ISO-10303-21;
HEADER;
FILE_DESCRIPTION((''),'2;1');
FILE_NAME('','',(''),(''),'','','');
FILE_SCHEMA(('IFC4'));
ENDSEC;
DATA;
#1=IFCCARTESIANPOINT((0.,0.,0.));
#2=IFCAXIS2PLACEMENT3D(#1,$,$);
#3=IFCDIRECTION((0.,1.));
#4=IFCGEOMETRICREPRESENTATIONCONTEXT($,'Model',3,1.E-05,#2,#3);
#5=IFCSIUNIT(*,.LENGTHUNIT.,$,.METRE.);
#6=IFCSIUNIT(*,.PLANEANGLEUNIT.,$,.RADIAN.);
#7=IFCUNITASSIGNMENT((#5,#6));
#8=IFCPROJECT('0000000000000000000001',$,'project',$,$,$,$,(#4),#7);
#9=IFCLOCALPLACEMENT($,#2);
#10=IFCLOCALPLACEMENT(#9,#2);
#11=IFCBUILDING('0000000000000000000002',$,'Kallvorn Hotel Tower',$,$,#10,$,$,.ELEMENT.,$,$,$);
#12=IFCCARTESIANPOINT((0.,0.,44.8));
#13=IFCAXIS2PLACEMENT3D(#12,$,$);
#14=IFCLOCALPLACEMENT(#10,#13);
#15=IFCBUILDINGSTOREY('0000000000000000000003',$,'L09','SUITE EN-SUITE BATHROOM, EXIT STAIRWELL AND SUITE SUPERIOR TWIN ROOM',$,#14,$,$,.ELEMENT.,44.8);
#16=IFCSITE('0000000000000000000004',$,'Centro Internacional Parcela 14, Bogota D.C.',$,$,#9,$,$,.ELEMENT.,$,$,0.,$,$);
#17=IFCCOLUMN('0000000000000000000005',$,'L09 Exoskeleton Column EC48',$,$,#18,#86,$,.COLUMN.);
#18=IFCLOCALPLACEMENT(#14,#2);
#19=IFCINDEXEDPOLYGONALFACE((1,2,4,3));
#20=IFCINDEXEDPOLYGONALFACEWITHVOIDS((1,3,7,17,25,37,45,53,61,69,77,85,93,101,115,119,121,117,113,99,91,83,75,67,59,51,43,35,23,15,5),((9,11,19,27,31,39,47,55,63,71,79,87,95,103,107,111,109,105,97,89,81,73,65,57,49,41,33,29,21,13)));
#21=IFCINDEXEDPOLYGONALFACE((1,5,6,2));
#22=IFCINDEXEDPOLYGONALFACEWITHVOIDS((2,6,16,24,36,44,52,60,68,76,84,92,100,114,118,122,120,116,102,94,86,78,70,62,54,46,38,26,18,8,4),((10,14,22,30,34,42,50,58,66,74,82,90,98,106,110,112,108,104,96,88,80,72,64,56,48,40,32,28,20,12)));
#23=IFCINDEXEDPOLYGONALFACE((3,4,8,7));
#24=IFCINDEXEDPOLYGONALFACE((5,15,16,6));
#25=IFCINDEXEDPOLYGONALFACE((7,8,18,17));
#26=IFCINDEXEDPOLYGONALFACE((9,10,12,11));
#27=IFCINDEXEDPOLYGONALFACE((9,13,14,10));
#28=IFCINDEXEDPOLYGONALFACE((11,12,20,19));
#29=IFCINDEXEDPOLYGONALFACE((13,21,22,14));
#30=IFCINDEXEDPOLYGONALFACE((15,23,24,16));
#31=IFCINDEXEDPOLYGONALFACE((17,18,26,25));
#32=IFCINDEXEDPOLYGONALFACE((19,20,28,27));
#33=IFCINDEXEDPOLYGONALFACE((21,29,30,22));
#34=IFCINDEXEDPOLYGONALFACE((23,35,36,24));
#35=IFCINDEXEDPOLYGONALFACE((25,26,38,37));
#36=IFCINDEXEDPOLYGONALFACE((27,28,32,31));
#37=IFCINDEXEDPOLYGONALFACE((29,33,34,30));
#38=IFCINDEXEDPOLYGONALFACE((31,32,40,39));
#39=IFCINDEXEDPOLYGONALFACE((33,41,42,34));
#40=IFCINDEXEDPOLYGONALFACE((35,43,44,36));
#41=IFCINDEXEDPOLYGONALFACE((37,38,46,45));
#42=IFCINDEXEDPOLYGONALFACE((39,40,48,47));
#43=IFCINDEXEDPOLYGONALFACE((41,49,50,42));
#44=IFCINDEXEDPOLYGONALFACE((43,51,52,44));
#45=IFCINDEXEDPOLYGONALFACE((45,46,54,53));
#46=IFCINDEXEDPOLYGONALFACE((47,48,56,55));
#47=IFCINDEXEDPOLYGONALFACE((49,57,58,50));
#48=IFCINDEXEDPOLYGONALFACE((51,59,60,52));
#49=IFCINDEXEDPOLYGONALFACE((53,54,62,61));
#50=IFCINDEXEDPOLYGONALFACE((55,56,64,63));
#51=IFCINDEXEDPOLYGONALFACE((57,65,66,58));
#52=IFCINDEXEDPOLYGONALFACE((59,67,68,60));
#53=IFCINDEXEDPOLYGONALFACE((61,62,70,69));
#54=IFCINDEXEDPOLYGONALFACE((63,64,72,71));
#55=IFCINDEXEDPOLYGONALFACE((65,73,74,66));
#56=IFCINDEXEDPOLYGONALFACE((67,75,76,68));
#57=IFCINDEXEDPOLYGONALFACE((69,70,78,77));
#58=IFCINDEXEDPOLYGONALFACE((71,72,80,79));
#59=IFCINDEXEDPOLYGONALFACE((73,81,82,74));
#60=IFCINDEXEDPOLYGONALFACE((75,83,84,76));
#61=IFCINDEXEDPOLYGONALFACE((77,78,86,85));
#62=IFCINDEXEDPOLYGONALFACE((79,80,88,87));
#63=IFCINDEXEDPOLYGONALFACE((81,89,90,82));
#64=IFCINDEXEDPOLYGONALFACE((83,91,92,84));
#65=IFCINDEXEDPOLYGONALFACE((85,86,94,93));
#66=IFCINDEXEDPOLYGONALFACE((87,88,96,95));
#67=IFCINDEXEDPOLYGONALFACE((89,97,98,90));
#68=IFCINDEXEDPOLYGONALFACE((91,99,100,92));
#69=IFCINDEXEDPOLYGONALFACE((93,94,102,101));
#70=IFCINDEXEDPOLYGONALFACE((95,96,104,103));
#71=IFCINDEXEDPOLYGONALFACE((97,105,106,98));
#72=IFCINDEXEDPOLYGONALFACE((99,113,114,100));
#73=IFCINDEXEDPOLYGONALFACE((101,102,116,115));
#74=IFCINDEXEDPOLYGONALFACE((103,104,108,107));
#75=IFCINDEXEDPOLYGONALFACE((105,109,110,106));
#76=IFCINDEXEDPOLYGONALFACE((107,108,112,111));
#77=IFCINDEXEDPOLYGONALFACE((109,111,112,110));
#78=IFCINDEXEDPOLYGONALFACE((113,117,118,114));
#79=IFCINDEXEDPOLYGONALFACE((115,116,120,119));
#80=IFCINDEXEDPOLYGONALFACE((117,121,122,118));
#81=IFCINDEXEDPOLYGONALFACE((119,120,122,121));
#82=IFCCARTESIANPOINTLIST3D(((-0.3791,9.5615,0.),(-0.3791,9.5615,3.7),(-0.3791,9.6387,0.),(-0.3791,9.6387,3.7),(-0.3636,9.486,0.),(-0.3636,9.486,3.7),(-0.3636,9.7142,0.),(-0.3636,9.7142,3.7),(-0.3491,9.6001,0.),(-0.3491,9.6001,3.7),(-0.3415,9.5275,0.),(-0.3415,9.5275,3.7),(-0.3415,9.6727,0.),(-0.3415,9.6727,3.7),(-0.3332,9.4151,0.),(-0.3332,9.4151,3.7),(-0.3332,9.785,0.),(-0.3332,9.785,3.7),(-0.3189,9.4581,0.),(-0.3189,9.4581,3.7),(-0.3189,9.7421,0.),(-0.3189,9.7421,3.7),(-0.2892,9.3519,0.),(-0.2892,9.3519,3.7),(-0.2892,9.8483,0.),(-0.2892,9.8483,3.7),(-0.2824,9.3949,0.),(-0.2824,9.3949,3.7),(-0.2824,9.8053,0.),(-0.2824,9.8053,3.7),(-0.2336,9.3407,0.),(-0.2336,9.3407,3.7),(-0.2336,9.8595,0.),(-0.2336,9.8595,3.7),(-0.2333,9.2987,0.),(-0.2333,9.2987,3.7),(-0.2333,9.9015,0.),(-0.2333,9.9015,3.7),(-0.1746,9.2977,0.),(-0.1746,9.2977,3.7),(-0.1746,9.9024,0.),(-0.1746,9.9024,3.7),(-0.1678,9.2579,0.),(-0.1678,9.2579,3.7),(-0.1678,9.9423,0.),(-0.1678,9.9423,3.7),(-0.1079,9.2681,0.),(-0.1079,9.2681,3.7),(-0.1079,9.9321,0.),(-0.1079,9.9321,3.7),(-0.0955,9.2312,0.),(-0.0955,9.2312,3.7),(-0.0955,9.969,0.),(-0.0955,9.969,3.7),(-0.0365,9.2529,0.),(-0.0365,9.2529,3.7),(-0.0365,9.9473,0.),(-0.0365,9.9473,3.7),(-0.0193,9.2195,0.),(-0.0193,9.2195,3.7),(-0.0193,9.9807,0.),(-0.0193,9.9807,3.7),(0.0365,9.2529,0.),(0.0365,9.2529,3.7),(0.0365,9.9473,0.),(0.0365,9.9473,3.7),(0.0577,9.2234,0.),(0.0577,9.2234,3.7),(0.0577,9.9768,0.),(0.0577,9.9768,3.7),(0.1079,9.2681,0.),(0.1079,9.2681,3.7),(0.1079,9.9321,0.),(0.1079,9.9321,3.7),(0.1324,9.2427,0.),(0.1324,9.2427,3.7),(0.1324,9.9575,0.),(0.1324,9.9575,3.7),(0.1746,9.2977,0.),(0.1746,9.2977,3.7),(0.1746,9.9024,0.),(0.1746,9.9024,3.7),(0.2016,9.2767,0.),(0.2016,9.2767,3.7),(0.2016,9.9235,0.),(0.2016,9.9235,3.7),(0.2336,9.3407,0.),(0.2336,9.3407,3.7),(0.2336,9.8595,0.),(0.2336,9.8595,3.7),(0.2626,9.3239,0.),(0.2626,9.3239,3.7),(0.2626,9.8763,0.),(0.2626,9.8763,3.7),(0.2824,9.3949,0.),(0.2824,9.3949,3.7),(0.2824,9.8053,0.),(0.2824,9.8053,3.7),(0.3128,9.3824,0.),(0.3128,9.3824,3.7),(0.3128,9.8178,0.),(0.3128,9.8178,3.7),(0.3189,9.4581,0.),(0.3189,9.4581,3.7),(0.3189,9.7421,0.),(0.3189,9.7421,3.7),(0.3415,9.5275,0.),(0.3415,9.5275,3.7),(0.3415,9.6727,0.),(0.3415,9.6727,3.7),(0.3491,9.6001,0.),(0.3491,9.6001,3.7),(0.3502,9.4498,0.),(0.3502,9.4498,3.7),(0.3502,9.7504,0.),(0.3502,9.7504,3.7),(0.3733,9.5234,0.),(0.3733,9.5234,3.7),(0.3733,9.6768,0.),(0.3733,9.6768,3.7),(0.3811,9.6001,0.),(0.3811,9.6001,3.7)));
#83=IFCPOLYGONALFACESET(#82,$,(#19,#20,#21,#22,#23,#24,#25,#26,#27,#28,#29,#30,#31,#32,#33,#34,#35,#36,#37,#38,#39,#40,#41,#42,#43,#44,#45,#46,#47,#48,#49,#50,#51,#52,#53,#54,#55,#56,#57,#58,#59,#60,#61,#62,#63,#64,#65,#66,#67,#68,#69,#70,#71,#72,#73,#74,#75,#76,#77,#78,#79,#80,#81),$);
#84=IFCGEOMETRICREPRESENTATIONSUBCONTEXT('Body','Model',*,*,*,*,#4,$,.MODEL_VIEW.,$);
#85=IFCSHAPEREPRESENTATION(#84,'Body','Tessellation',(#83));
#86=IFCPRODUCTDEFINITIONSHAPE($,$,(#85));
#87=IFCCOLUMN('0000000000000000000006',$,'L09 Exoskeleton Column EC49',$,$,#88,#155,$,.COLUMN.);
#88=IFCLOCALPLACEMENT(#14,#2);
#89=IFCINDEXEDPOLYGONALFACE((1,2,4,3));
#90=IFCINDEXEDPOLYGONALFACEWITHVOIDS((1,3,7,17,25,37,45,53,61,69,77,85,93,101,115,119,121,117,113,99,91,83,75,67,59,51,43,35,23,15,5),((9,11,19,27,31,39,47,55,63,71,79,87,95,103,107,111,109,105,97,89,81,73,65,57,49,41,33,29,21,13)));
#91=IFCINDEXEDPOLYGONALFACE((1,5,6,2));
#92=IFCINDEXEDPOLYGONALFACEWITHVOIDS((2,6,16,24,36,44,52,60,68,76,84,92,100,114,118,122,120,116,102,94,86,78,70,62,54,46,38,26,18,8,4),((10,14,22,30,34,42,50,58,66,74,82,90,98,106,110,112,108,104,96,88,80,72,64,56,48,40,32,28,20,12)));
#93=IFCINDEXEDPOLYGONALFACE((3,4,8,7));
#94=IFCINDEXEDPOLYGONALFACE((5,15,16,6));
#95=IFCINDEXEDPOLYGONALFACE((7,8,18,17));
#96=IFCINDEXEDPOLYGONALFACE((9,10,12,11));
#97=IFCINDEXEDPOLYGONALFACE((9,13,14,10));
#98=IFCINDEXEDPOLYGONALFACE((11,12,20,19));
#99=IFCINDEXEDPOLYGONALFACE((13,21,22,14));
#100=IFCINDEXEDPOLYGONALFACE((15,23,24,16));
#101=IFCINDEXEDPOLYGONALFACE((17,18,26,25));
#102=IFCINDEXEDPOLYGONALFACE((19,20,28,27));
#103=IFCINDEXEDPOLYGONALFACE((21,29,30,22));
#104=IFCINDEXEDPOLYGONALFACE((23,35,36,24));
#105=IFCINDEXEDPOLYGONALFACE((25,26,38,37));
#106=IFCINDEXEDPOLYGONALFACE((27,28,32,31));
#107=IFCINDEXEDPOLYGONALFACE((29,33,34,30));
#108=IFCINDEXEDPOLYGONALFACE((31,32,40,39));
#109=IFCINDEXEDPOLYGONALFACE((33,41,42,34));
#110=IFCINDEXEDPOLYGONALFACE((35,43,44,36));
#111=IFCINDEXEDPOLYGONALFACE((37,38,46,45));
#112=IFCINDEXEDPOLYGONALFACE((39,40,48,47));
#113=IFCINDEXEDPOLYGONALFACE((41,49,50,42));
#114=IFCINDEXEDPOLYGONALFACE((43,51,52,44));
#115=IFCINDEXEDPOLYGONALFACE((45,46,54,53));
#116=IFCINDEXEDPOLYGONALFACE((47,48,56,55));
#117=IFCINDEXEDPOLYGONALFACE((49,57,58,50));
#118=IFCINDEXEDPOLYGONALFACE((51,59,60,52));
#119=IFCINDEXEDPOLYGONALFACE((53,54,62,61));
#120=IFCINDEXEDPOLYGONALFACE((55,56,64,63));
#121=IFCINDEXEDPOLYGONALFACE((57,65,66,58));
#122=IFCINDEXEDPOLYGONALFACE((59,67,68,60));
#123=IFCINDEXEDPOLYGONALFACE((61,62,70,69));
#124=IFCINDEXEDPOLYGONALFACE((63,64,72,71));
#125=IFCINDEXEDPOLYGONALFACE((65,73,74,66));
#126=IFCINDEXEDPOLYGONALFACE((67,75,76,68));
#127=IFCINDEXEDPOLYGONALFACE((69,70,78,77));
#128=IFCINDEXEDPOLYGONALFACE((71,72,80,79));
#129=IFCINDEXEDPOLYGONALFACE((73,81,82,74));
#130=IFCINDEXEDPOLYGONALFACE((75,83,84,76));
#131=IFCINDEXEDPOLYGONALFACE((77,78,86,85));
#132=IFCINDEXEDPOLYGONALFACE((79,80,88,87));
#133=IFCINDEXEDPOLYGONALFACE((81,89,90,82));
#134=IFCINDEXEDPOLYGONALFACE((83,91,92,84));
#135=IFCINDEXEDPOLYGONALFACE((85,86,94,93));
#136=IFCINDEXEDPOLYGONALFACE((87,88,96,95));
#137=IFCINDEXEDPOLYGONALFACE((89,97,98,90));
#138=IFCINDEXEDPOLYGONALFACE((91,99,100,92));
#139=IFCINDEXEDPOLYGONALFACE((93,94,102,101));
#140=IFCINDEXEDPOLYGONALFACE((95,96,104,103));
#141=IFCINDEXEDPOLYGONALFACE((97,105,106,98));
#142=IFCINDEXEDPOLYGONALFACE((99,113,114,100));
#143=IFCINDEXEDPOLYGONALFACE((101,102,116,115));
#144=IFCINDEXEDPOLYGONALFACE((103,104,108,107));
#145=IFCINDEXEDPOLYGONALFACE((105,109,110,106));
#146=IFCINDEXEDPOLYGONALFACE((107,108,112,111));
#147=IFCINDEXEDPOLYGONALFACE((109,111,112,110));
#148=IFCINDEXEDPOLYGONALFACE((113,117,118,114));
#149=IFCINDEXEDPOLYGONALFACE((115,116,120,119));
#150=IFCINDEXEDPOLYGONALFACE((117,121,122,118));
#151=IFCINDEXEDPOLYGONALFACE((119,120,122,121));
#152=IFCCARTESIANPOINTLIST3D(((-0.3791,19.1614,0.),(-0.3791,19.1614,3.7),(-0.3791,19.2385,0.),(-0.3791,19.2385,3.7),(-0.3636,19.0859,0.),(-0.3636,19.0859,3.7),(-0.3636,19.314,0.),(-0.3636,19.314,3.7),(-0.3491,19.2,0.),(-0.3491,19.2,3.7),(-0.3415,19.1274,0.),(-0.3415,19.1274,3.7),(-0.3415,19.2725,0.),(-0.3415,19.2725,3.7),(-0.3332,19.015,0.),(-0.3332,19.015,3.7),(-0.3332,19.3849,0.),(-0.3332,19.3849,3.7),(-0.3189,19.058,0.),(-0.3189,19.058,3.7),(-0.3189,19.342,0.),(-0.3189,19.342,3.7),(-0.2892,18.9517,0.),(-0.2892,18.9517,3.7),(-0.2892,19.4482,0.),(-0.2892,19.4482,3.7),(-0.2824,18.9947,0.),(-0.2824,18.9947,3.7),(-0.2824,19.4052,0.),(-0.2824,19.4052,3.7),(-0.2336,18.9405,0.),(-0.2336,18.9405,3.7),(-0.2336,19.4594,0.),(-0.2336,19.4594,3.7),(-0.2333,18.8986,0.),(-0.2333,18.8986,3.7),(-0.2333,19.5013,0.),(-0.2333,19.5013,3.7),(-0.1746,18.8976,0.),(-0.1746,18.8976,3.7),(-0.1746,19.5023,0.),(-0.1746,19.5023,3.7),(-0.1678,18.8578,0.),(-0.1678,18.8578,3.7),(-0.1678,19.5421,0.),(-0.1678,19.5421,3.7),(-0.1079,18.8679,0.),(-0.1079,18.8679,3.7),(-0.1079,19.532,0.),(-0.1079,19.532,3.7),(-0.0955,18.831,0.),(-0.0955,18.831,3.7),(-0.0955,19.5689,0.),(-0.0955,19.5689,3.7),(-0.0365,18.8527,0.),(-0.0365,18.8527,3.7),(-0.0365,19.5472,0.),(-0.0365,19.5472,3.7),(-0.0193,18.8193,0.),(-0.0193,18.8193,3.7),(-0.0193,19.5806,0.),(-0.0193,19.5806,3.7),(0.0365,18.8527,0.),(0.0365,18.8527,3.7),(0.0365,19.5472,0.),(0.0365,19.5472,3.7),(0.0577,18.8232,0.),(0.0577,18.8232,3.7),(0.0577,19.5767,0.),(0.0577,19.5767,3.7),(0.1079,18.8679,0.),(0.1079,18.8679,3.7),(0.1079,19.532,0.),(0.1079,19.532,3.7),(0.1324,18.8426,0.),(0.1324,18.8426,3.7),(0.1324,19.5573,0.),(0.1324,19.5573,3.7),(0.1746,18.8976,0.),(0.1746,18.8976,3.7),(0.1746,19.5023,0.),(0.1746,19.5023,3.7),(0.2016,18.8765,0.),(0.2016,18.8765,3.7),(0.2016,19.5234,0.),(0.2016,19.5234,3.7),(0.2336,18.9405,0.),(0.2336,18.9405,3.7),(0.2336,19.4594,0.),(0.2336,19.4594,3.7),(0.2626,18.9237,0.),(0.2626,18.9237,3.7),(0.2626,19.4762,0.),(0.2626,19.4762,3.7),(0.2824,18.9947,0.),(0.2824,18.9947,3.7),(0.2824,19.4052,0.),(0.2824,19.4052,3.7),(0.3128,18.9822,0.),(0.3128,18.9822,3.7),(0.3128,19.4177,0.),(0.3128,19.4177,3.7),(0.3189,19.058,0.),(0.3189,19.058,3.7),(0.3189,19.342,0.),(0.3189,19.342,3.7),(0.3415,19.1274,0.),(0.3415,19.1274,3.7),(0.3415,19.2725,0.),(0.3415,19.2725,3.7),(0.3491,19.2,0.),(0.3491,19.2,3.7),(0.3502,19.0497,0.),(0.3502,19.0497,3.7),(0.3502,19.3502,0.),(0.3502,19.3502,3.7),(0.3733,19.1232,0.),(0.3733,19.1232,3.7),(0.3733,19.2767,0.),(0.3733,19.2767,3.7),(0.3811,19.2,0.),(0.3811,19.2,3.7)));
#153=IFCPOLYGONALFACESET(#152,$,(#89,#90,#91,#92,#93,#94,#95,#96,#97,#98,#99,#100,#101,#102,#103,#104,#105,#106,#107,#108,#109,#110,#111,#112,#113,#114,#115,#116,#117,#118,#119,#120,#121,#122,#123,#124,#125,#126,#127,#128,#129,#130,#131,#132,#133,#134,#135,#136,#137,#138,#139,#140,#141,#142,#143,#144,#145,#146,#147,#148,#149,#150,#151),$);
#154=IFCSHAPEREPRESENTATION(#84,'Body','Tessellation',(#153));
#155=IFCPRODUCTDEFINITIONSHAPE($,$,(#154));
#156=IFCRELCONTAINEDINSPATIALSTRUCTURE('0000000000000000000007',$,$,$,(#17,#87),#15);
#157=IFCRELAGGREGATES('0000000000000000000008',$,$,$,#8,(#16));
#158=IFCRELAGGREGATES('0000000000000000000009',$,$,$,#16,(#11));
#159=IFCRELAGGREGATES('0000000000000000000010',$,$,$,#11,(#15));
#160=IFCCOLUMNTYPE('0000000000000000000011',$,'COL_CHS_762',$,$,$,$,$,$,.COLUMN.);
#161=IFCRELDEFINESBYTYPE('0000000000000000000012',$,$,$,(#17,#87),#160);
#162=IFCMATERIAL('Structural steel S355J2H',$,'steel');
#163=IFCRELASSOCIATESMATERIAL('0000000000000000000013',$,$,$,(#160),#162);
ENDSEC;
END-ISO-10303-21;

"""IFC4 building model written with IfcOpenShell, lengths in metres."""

from ifc_helpers import new_model, si_unit, direction, frame, origin, origin_2d, place, context, subcontext, project, spatial, hollow_circle, extrude, material, material_profile, profile_set, type_object, element, save


model = new_model("IFC4")

# Units and contexts
model_context = context("Model", 3, precision=1e-05, world=origin(), true_north=direction((0.0, 1.0)))
body_context = subcontext(model_context, "Body", "Model", "MODEL_VIEW")
ifc_project = project(units=[si_unit("LENGTHUNIT", "METRE"), si_unit("PLANEANGLEUNIT", "RADIAN")], contexts=[model_context])

# Site, building, storey
site_placement = place(None, origin())
site = spatial("IfcSite", under=ifc_project, at=site_placement, Name="Centro Internacional Parcela 14, Bogota D.C.", CompositionType="ELEMENT", RefElevation=0.0)
building_placement = place(site_placement, origin())
building = spatial("IfcBuilding", under=site, at=building_placement, Name="Kallvorn Hotel Tower", CompositionType="ELEMENT")
storey_placement = place(building_placement, frame((0.0, 0.0, 44.8)))
storey = spatial("IfcBuildingStorey", under=building, at=storey_placement, Name="L09", Description="SUITE EN-SUITE BATHROOM, EXIT STAIRWELL AND SUITE SUPERIOR TWIN ROOM", CompositionType="ELEMENT", Elevation=44.8)

# Columns
ifc_material_1 = material(Name="Structural steel S355J2H", Category="steel")
ifc_material_profile_1 = material_profile(ifc_material_1, hollow_circle(Radius=0.3811, WallThickness=0.032, at=origin_2d()), Name="CHS 762x32")
ifc_profile_set_1 = profile_set([ifc_material_profile_1], Name="Structural steel S355J2H")
column_type_1 = type_object("IfcColumnType", Name="COL_CHS_762", PredefinedType="COLUMN", material=ifc_profile_set_1)
for number, where, z_axis, x_axis, name in (
    (1, (0.0, 9.6001, 0.0), (0.0, 0.0, 1.0), (1.0, 0.0, 0.0), "L09 Exoskeleton Column EC48"),
    (2, (0.0, 19.2, 0.0), (0.0, 0.0, 1.0), (1.0, 0.0, 0.0), "L09 Exoskeleton Column EC49"),
):
    element("IfcColumn", number, at=place(storey_placement, frame(where, z_axis=z_axis, x_axis=x_axis)), inside=storey, type_object=column_type_1, Name=name, PredefinedType="COLUMN", context=body_context, shape_type="SweptSolid", body=[
        extrude(hollow_circle(Radius=0.3811, WallThickness=0.032, at=origin_2d()), origin(), (0.0, 0.0, 1.0), 3.7),
    ])

save(model, "model.ifc")
